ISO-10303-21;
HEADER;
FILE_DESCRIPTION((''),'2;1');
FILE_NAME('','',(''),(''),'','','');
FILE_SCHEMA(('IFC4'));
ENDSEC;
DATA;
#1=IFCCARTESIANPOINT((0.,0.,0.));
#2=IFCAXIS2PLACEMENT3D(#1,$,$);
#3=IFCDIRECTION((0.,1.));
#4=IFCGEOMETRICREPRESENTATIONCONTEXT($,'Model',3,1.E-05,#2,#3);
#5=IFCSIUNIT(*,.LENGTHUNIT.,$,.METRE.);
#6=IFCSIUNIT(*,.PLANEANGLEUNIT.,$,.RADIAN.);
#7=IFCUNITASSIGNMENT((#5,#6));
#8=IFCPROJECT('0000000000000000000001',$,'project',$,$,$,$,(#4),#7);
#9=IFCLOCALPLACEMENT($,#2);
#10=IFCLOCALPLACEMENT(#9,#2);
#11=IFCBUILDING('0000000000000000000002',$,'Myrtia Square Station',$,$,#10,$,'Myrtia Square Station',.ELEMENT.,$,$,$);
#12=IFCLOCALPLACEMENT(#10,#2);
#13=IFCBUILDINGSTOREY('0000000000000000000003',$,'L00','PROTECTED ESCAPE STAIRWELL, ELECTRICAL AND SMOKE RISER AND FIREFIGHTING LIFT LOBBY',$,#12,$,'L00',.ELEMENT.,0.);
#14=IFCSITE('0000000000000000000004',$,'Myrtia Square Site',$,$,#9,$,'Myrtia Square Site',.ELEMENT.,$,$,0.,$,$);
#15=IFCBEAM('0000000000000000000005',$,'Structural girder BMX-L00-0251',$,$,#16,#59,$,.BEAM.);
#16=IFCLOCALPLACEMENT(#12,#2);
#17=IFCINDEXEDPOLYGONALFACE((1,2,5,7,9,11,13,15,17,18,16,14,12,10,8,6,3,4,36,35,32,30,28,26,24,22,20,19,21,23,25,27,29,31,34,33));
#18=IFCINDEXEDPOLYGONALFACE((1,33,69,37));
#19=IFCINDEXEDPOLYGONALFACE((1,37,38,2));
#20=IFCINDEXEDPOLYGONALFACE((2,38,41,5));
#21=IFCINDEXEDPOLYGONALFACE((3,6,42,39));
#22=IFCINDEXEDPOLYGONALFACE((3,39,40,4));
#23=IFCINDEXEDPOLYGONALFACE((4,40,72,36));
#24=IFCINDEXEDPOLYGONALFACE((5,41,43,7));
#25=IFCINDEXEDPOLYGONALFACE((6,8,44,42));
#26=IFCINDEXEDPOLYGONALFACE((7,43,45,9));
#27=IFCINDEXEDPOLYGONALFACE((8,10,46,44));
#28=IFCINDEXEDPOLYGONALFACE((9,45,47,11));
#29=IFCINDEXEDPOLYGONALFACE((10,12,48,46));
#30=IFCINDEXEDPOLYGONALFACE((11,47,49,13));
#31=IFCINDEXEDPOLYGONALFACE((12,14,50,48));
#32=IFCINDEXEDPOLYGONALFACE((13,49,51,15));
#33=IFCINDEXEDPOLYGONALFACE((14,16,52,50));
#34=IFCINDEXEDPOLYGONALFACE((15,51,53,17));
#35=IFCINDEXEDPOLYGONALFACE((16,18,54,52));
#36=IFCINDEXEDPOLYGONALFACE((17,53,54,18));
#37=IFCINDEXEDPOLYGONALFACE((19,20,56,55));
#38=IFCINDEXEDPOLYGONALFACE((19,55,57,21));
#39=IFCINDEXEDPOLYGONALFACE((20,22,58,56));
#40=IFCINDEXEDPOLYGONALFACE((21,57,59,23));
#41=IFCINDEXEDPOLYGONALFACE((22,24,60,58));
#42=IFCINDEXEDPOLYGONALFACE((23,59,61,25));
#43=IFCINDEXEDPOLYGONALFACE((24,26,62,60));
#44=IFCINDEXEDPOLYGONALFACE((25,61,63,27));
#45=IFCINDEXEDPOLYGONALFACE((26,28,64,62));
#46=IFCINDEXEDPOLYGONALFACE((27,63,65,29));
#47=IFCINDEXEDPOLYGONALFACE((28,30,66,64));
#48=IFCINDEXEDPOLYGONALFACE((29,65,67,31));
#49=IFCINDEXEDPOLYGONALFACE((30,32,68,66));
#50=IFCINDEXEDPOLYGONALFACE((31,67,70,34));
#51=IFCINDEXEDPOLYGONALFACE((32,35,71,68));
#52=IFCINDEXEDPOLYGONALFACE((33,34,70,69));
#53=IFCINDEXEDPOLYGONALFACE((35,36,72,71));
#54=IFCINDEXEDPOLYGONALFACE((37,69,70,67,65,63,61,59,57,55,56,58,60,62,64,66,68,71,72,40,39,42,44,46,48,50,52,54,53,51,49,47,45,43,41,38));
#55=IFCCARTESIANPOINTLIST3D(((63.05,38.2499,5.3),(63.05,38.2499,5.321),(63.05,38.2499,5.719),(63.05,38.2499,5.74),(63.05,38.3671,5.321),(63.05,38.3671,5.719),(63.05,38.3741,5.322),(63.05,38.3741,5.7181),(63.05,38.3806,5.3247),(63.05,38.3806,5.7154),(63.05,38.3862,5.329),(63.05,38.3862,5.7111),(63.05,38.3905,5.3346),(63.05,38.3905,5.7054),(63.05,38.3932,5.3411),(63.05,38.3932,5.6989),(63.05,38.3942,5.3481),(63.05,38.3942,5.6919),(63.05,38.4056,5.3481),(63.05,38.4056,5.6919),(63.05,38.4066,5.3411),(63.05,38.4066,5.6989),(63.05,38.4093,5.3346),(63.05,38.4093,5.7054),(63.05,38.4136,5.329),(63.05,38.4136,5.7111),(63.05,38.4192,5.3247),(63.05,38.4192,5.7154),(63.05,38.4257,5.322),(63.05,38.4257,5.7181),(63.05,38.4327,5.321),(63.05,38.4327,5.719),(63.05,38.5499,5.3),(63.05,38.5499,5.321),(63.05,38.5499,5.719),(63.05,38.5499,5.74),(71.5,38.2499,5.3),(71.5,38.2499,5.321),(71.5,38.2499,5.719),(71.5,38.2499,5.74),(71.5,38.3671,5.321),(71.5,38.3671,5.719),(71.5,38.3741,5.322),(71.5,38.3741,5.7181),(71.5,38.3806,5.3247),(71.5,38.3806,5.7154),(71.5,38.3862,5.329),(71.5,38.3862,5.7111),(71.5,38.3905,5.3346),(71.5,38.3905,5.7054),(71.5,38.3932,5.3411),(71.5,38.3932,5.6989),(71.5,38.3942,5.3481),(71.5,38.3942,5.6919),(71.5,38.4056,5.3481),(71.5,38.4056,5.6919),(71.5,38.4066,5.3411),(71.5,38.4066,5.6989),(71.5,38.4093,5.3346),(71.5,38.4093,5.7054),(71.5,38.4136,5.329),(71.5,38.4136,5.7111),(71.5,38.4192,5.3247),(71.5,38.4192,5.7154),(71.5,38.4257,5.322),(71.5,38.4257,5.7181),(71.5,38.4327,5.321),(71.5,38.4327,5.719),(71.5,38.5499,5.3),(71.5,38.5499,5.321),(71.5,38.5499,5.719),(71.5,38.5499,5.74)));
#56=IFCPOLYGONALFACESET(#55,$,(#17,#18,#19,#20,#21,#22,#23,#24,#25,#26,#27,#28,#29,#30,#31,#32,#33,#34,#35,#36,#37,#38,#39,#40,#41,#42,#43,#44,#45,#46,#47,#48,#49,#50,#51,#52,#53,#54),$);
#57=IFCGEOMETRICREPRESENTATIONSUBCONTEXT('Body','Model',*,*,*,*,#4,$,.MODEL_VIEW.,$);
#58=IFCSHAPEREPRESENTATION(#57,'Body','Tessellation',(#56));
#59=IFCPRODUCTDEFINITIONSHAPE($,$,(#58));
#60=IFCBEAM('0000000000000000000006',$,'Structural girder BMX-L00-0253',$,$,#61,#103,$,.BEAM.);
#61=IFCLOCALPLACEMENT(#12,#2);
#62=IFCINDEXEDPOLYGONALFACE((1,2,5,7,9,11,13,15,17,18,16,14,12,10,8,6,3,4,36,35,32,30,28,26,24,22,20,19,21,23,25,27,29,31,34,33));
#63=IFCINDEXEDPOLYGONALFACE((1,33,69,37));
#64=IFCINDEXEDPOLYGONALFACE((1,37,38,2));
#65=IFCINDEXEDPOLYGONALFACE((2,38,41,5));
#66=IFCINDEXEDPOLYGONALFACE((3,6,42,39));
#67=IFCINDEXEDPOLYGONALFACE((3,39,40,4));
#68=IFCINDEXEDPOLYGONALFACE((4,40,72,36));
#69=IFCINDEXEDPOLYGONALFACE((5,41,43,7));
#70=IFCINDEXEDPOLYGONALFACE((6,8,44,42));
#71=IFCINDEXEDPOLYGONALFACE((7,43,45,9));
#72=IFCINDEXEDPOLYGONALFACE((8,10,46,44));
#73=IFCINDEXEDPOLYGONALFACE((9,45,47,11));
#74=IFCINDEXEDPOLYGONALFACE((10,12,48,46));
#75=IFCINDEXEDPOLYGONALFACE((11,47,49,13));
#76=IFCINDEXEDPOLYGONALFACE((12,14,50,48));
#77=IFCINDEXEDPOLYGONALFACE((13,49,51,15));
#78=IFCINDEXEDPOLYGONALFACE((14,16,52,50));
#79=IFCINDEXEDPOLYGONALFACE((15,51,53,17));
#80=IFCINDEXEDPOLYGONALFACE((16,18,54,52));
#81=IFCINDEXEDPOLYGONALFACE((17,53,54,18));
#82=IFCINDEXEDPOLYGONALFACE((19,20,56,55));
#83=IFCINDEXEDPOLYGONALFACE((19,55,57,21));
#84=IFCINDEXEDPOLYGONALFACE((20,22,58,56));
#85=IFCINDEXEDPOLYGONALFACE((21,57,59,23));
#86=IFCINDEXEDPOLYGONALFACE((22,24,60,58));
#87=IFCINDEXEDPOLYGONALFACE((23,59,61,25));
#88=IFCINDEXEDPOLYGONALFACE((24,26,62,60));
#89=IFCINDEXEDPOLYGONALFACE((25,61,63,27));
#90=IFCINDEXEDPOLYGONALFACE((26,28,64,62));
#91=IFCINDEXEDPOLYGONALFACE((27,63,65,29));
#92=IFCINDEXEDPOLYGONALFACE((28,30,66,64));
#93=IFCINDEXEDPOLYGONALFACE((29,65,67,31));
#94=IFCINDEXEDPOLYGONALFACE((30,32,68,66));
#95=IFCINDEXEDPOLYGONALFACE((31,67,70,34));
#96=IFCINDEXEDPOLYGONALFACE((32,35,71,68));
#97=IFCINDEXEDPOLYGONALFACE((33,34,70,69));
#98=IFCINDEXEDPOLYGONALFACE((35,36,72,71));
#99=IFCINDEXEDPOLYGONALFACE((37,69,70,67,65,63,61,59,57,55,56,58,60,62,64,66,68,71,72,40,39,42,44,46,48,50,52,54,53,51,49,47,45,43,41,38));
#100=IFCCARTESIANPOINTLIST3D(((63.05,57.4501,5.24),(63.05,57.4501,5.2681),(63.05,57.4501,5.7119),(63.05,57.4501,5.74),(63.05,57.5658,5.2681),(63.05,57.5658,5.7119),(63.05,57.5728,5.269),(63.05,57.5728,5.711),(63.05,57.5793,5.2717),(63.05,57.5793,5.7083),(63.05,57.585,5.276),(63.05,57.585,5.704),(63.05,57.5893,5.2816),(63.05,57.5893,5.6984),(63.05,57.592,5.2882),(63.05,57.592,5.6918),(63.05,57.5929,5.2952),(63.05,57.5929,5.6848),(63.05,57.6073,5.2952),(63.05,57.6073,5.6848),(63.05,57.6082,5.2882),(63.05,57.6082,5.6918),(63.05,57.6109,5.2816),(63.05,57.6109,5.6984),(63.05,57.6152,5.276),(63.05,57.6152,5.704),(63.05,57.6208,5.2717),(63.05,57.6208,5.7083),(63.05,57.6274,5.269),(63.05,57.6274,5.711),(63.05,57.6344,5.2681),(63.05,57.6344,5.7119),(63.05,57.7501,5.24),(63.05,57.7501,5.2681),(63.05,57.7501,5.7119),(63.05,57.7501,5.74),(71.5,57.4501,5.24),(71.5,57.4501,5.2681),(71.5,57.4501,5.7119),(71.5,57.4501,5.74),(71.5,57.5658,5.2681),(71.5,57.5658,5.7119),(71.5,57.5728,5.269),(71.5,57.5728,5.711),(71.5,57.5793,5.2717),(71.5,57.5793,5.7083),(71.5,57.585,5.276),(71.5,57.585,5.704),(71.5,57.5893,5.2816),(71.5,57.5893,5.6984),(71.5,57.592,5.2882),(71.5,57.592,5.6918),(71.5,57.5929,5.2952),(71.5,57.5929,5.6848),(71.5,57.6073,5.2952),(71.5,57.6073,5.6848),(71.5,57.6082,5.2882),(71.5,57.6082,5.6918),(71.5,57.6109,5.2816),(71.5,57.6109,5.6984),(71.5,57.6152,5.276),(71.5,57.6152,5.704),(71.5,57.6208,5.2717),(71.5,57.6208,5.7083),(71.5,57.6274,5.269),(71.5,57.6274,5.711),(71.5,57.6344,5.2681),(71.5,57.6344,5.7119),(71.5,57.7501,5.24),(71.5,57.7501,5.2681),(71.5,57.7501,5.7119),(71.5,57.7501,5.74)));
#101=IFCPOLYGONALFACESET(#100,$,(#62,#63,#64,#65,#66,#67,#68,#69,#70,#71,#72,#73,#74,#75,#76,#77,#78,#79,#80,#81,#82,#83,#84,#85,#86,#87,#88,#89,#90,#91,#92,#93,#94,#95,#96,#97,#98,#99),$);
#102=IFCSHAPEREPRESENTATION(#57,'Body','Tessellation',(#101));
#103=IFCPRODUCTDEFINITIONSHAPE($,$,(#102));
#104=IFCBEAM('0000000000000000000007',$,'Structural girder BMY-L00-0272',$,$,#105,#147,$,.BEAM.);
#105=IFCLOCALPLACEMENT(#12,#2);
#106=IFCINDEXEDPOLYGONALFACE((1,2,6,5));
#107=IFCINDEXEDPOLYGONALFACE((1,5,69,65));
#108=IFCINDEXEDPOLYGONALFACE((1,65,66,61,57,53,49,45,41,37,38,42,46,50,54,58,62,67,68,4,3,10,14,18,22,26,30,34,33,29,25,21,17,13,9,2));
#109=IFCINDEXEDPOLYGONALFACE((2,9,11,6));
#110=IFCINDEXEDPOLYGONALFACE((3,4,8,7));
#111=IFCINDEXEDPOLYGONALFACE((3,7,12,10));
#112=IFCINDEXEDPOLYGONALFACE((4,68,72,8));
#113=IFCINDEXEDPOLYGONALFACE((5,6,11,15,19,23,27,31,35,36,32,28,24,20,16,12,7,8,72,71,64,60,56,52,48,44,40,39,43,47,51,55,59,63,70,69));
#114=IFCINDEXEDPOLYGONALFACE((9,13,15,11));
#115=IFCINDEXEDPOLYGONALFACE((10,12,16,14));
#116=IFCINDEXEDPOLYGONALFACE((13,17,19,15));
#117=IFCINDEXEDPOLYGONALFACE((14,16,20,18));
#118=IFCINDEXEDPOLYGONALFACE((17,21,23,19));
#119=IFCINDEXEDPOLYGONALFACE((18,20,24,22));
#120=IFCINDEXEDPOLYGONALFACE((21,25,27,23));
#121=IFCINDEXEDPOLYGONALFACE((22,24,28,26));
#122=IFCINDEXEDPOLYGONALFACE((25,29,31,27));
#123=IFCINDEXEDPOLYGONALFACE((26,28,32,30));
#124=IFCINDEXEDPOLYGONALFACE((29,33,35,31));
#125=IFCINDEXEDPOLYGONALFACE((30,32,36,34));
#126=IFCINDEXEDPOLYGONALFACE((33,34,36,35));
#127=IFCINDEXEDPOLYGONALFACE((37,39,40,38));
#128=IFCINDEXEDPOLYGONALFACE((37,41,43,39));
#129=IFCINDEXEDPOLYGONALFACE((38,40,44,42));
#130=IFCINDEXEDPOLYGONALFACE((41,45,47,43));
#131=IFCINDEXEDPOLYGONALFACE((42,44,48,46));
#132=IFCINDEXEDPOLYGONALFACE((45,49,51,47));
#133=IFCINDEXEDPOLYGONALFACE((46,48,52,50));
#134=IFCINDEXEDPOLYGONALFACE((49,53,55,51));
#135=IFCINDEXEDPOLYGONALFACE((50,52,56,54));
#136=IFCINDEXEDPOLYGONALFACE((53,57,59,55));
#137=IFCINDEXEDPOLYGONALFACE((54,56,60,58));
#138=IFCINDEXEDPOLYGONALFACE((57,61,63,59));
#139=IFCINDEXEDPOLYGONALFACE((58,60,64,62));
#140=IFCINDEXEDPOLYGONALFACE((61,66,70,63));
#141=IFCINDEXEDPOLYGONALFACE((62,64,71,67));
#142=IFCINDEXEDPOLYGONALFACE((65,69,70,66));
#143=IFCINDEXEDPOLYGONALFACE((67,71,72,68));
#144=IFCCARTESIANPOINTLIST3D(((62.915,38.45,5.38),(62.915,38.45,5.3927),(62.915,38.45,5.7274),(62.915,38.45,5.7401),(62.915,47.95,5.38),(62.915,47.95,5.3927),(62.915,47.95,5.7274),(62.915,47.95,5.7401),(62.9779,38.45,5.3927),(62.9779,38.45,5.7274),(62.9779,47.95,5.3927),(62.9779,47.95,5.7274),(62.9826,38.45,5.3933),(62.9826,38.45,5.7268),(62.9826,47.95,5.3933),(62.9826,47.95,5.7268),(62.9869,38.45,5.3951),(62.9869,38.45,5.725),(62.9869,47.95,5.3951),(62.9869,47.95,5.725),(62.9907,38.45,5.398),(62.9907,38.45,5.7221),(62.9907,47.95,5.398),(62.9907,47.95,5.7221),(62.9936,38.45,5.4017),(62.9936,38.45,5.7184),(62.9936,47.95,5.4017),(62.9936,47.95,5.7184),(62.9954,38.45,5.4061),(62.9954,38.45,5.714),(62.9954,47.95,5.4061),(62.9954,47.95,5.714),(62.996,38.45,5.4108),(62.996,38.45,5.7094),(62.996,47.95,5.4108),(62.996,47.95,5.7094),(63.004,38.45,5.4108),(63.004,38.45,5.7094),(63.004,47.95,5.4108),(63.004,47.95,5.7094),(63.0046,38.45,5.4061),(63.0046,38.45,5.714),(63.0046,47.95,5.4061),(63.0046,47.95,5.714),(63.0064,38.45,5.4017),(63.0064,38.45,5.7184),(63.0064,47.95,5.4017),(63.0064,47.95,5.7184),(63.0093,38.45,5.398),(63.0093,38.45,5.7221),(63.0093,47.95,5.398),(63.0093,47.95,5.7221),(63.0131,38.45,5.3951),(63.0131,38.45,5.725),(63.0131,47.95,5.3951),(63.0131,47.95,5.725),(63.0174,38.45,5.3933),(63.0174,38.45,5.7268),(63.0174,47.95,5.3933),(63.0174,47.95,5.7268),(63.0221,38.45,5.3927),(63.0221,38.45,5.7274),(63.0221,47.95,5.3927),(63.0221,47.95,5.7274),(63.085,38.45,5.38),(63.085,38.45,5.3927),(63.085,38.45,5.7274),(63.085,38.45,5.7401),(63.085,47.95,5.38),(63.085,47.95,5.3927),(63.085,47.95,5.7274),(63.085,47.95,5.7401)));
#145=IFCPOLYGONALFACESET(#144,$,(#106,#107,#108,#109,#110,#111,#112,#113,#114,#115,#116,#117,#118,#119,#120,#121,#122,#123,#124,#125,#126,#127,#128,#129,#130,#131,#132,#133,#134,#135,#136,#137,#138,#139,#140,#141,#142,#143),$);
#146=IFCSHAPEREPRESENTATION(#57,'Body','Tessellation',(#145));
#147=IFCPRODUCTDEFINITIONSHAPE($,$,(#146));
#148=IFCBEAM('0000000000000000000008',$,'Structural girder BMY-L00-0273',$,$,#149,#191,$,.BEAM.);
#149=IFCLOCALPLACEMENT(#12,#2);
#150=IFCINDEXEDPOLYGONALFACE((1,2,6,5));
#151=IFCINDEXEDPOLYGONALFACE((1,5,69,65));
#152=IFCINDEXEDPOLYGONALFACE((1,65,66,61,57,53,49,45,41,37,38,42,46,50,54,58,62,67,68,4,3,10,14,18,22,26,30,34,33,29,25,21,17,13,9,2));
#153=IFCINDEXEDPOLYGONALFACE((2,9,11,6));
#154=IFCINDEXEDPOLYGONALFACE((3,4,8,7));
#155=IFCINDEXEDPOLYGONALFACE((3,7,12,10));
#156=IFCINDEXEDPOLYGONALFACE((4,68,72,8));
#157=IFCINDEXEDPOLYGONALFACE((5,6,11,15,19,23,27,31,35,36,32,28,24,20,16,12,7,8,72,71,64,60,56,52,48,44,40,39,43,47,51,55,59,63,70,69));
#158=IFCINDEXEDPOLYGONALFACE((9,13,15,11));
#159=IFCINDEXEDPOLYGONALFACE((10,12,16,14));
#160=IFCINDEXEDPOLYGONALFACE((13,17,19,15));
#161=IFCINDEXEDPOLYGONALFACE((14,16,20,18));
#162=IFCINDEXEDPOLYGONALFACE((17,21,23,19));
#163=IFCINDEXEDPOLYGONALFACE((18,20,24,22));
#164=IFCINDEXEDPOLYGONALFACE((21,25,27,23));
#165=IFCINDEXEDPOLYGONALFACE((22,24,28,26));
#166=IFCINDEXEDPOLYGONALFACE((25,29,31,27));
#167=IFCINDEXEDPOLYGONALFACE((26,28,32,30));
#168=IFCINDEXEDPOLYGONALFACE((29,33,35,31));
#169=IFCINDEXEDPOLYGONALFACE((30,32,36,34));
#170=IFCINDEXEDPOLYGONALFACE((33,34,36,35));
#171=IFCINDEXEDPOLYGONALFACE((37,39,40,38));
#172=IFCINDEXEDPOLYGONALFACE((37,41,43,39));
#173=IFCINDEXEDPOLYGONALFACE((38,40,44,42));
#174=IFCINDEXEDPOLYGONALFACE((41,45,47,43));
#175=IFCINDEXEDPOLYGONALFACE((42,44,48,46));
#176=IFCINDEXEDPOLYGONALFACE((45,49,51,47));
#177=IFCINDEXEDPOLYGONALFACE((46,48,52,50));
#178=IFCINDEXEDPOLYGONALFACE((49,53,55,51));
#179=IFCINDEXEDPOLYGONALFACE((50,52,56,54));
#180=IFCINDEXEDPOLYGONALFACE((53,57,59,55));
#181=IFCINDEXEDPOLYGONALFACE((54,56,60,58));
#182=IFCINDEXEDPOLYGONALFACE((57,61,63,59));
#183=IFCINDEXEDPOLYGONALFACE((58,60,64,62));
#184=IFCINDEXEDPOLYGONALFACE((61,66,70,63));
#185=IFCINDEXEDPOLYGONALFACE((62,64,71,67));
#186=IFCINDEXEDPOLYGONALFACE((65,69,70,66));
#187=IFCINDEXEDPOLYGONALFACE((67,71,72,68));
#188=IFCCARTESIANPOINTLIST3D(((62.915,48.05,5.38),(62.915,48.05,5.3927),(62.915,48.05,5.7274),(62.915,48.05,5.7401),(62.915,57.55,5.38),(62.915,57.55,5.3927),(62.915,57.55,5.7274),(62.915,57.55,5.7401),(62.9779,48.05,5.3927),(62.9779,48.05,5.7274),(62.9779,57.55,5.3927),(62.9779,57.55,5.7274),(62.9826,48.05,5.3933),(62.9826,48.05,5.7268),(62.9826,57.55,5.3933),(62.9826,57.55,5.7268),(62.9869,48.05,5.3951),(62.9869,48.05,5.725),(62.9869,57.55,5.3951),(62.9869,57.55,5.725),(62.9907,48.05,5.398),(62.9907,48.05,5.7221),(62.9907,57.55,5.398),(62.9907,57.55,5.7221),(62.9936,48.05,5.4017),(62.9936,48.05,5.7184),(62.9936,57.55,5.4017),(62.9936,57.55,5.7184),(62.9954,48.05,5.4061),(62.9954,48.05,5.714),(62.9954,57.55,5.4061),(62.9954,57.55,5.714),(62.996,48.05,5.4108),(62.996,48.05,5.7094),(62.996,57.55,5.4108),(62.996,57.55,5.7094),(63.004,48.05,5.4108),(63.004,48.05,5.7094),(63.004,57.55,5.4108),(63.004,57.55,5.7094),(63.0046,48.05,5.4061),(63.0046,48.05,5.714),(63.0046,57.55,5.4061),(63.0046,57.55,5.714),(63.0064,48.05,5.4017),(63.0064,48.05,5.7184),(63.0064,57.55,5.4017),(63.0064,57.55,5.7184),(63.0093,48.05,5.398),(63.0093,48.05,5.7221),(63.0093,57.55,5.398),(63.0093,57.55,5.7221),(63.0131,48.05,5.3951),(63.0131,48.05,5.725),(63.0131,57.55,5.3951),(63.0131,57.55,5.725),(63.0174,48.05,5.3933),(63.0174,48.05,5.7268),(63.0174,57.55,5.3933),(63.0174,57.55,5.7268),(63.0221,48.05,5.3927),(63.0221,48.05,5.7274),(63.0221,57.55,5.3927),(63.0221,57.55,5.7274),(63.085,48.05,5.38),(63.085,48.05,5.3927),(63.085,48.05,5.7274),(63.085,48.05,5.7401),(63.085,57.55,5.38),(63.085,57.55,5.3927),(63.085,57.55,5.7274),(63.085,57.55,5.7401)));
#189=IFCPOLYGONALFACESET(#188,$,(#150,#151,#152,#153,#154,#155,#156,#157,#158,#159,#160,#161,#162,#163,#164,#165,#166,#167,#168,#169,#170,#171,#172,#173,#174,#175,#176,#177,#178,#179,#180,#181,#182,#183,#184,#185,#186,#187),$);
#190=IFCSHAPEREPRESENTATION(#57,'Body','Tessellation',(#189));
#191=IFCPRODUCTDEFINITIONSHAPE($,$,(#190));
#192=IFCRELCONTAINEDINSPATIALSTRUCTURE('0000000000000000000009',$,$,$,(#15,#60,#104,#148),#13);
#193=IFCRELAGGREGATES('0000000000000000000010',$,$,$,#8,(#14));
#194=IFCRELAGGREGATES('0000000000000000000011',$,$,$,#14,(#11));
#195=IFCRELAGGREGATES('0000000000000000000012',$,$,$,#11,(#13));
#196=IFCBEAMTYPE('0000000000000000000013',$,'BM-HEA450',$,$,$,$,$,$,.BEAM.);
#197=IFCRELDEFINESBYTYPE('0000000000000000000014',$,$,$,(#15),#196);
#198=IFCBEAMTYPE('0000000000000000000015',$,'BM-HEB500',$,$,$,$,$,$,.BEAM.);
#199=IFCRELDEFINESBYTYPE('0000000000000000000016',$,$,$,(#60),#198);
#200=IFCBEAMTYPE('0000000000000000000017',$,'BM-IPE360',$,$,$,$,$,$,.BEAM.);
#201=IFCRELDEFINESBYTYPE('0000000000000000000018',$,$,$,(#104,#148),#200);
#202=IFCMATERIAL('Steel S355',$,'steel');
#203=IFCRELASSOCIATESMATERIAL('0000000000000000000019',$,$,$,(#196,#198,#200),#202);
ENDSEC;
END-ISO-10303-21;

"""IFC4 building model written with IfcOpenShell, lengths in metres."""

from ifc_helpers import new_model, si_unit, direction, frame, origin, origin_2d, place, context, subcontext, project, spatial, i_section, extrude, material, material_profile, profile_set, type_object, element, save


model = new_model("IFC4")

# Units and contexts
model_context = context("Model", 3, precision=1e-05, world=origin(), true_north=direction((0.0, 1.0)))
body_context = subcontext(model_context, "Body", "Model", "MODEL_VIEW")
ifc_project = project(units=[si_unit("LENGTHUNIT", "METRE"), si_unit("PLANEANGLEUNIT", "RADIAN")], contexts=[model_context])

# Site, building, storey
site_placement = place(None, origin())
site = spatial("IfcSite", under=ifc_project, at=site_placement, Name="Myrtia Square Site", LongName="Myrtia Square Site", CompositionType="ELEMENT", RefElevation=0.0)
building_placement = place(site_placement, origin())
building = spatial("IfcBuilding", under=site, at=building_placement, Name="Myrtia Square Station", LongName="Myrtia Square Station", CompositionType="ELEMENT")
storey_placement = place(building_placement, origin())
storey = spatial("IfcBuildingStorey", under=building, at=storey_placement, Name="L00", Description="PROTECTED ESCAPE STAIRWELL, ELECTRICAL AND SMOKE RISER AND FIREFIGHTING LIFT LOBBY", LongName="L00", CompositionType="ELEMENT", Elevation=0.0)

# Shared definitions
ifc_material_1 = material(Name="Steel S355", Category="steel")

# Beams
ifc_material_profile_1 = material_profile(ifc_material_1, i_section(OverallWidth=0.3, OverallDepth=0.4399, WebThickness=0.0115, FlangeThickness=0.021, FilletRadius=0.0271, at=origin_2d()), Name="HEA 450")
ifc_profile_set_1 = profile_set([ifc_material_profile_1], Name="Steel S355")
beam_type_1 = type_object("IfcBeamType", Name="BM-HEA450", PredefinedType="BEAM", material=ifc_profile_set_1)
beam_1_placement = place(storey_placement, frame((63.05, 38.3999, 5.52), z_axis=(1.0, 0.0, 0.0), x_axis=(0.0, 1.0, 0.0)))
element("IfcBeam", 1, at=beam_1_placement, inside=storey, type_object=beam_type_1, Name="Structural girder BMX-L00-0251", PredefinedType="BEAM", context=body_context, shape_type="SweptSolid", body=[
    extrude(i_section(OverallWidth=0.3, OverallDepth=0.4399, WebThickness=0.0115, FlangeThickness=0.021, FilletRadius=0.0271, at=origin_2d()), origin(), (0.0, 0.0, 1.0), 8.45),
])
ifc_material_profile_2 = material_profile(ifc_material_1, i_section(OverallWidth=0.3, OverallDepth=0.5, WebThickness=0.0144, FlangeThickness=0.0281, FilletRadius=0.0271, at=origin_2d()), Name="HEB 500")
ifc_profile_set_2 = profile_set([ifc_material_profile_2], Name="Steel S355")
beam_type_2 = type_object("IfcBeamType", Name="BM-HEB500", PredefinedType="BEAM", material=ifc_profile_set_2)
beam_2_placement = place(storey_placement, frame((63.05, 57.6001, 5.49), z_axis=(1.0, 0.0, 0.0), x_axis=(0.0, 1.0, 0.0)))
element("IfcBeam", 2, at=beam_2_placement, inside=storey, type_object=beam_type_2, Name="Structural girder BMX-L00-0253", PredefinedType="BEAM", context=body_context, shape_type="SweptSolid", body=[
    extrude(i_section(OverallWidth=0.3, OverallDepth=0.5, WebThickness=0.0144, FlangeThickness=0.0281, FilletRadius=0.0271, at=origin_2d()), origin(), (0.0, 0.0, 1.0), 8.45),
])
ifc_material_profile_3 = material_profile(ifc_material_1, i_section(OverallWidth=0.1699, OverallDepth=0.3601, WebThickness=0.0081, FlangeThickness=0.0127, FilletRadius=0.0181, at=origin_2d()), Name="IPE 360")
ifc_profile_set_3 = profile_set([ifc_material_profile_3], Name="Steel S355")
beam_type_3 = type_object("IfcBeamType", Name="BM-IPE360", PredefinedType="BEAM", material=ifc_profile_set_3)
for number, where, z_axis, x_axis, name in (
    (3, (63.0, 38.45, 5.5601), (0.0, 1.0, 0.0), (-1.0, 0.0, 0.0), "Structural girder BMY-L00-0272"),
    (4, (63.0, 48.05, 5.5601), (0.0, 1.0, 0.0), (-1.0, 0.0, 0.0), "Structural girder BMY-L00-0273"),
):
    element("IfcBeam", number, at=place(storey_placement, frame(where, z_axis=z_axis, x_axis=x_axis)), inside=storey, type_object=beam_type_3, Name=name, PredefinedType="BEAM", context=body_context, shape_type="SweptSolid", body=[
        extrude(i_section(OverallWidth=0.1699, OverallDepth=0.3601, WebThickness=0.0081, FlangeThickness=0.0127, FilletRadius=0.0181, at=origin_2d()), origin(), (0.0, 0.0, 1.0), 9.5),
    ])

save(model, "model.ifc")
